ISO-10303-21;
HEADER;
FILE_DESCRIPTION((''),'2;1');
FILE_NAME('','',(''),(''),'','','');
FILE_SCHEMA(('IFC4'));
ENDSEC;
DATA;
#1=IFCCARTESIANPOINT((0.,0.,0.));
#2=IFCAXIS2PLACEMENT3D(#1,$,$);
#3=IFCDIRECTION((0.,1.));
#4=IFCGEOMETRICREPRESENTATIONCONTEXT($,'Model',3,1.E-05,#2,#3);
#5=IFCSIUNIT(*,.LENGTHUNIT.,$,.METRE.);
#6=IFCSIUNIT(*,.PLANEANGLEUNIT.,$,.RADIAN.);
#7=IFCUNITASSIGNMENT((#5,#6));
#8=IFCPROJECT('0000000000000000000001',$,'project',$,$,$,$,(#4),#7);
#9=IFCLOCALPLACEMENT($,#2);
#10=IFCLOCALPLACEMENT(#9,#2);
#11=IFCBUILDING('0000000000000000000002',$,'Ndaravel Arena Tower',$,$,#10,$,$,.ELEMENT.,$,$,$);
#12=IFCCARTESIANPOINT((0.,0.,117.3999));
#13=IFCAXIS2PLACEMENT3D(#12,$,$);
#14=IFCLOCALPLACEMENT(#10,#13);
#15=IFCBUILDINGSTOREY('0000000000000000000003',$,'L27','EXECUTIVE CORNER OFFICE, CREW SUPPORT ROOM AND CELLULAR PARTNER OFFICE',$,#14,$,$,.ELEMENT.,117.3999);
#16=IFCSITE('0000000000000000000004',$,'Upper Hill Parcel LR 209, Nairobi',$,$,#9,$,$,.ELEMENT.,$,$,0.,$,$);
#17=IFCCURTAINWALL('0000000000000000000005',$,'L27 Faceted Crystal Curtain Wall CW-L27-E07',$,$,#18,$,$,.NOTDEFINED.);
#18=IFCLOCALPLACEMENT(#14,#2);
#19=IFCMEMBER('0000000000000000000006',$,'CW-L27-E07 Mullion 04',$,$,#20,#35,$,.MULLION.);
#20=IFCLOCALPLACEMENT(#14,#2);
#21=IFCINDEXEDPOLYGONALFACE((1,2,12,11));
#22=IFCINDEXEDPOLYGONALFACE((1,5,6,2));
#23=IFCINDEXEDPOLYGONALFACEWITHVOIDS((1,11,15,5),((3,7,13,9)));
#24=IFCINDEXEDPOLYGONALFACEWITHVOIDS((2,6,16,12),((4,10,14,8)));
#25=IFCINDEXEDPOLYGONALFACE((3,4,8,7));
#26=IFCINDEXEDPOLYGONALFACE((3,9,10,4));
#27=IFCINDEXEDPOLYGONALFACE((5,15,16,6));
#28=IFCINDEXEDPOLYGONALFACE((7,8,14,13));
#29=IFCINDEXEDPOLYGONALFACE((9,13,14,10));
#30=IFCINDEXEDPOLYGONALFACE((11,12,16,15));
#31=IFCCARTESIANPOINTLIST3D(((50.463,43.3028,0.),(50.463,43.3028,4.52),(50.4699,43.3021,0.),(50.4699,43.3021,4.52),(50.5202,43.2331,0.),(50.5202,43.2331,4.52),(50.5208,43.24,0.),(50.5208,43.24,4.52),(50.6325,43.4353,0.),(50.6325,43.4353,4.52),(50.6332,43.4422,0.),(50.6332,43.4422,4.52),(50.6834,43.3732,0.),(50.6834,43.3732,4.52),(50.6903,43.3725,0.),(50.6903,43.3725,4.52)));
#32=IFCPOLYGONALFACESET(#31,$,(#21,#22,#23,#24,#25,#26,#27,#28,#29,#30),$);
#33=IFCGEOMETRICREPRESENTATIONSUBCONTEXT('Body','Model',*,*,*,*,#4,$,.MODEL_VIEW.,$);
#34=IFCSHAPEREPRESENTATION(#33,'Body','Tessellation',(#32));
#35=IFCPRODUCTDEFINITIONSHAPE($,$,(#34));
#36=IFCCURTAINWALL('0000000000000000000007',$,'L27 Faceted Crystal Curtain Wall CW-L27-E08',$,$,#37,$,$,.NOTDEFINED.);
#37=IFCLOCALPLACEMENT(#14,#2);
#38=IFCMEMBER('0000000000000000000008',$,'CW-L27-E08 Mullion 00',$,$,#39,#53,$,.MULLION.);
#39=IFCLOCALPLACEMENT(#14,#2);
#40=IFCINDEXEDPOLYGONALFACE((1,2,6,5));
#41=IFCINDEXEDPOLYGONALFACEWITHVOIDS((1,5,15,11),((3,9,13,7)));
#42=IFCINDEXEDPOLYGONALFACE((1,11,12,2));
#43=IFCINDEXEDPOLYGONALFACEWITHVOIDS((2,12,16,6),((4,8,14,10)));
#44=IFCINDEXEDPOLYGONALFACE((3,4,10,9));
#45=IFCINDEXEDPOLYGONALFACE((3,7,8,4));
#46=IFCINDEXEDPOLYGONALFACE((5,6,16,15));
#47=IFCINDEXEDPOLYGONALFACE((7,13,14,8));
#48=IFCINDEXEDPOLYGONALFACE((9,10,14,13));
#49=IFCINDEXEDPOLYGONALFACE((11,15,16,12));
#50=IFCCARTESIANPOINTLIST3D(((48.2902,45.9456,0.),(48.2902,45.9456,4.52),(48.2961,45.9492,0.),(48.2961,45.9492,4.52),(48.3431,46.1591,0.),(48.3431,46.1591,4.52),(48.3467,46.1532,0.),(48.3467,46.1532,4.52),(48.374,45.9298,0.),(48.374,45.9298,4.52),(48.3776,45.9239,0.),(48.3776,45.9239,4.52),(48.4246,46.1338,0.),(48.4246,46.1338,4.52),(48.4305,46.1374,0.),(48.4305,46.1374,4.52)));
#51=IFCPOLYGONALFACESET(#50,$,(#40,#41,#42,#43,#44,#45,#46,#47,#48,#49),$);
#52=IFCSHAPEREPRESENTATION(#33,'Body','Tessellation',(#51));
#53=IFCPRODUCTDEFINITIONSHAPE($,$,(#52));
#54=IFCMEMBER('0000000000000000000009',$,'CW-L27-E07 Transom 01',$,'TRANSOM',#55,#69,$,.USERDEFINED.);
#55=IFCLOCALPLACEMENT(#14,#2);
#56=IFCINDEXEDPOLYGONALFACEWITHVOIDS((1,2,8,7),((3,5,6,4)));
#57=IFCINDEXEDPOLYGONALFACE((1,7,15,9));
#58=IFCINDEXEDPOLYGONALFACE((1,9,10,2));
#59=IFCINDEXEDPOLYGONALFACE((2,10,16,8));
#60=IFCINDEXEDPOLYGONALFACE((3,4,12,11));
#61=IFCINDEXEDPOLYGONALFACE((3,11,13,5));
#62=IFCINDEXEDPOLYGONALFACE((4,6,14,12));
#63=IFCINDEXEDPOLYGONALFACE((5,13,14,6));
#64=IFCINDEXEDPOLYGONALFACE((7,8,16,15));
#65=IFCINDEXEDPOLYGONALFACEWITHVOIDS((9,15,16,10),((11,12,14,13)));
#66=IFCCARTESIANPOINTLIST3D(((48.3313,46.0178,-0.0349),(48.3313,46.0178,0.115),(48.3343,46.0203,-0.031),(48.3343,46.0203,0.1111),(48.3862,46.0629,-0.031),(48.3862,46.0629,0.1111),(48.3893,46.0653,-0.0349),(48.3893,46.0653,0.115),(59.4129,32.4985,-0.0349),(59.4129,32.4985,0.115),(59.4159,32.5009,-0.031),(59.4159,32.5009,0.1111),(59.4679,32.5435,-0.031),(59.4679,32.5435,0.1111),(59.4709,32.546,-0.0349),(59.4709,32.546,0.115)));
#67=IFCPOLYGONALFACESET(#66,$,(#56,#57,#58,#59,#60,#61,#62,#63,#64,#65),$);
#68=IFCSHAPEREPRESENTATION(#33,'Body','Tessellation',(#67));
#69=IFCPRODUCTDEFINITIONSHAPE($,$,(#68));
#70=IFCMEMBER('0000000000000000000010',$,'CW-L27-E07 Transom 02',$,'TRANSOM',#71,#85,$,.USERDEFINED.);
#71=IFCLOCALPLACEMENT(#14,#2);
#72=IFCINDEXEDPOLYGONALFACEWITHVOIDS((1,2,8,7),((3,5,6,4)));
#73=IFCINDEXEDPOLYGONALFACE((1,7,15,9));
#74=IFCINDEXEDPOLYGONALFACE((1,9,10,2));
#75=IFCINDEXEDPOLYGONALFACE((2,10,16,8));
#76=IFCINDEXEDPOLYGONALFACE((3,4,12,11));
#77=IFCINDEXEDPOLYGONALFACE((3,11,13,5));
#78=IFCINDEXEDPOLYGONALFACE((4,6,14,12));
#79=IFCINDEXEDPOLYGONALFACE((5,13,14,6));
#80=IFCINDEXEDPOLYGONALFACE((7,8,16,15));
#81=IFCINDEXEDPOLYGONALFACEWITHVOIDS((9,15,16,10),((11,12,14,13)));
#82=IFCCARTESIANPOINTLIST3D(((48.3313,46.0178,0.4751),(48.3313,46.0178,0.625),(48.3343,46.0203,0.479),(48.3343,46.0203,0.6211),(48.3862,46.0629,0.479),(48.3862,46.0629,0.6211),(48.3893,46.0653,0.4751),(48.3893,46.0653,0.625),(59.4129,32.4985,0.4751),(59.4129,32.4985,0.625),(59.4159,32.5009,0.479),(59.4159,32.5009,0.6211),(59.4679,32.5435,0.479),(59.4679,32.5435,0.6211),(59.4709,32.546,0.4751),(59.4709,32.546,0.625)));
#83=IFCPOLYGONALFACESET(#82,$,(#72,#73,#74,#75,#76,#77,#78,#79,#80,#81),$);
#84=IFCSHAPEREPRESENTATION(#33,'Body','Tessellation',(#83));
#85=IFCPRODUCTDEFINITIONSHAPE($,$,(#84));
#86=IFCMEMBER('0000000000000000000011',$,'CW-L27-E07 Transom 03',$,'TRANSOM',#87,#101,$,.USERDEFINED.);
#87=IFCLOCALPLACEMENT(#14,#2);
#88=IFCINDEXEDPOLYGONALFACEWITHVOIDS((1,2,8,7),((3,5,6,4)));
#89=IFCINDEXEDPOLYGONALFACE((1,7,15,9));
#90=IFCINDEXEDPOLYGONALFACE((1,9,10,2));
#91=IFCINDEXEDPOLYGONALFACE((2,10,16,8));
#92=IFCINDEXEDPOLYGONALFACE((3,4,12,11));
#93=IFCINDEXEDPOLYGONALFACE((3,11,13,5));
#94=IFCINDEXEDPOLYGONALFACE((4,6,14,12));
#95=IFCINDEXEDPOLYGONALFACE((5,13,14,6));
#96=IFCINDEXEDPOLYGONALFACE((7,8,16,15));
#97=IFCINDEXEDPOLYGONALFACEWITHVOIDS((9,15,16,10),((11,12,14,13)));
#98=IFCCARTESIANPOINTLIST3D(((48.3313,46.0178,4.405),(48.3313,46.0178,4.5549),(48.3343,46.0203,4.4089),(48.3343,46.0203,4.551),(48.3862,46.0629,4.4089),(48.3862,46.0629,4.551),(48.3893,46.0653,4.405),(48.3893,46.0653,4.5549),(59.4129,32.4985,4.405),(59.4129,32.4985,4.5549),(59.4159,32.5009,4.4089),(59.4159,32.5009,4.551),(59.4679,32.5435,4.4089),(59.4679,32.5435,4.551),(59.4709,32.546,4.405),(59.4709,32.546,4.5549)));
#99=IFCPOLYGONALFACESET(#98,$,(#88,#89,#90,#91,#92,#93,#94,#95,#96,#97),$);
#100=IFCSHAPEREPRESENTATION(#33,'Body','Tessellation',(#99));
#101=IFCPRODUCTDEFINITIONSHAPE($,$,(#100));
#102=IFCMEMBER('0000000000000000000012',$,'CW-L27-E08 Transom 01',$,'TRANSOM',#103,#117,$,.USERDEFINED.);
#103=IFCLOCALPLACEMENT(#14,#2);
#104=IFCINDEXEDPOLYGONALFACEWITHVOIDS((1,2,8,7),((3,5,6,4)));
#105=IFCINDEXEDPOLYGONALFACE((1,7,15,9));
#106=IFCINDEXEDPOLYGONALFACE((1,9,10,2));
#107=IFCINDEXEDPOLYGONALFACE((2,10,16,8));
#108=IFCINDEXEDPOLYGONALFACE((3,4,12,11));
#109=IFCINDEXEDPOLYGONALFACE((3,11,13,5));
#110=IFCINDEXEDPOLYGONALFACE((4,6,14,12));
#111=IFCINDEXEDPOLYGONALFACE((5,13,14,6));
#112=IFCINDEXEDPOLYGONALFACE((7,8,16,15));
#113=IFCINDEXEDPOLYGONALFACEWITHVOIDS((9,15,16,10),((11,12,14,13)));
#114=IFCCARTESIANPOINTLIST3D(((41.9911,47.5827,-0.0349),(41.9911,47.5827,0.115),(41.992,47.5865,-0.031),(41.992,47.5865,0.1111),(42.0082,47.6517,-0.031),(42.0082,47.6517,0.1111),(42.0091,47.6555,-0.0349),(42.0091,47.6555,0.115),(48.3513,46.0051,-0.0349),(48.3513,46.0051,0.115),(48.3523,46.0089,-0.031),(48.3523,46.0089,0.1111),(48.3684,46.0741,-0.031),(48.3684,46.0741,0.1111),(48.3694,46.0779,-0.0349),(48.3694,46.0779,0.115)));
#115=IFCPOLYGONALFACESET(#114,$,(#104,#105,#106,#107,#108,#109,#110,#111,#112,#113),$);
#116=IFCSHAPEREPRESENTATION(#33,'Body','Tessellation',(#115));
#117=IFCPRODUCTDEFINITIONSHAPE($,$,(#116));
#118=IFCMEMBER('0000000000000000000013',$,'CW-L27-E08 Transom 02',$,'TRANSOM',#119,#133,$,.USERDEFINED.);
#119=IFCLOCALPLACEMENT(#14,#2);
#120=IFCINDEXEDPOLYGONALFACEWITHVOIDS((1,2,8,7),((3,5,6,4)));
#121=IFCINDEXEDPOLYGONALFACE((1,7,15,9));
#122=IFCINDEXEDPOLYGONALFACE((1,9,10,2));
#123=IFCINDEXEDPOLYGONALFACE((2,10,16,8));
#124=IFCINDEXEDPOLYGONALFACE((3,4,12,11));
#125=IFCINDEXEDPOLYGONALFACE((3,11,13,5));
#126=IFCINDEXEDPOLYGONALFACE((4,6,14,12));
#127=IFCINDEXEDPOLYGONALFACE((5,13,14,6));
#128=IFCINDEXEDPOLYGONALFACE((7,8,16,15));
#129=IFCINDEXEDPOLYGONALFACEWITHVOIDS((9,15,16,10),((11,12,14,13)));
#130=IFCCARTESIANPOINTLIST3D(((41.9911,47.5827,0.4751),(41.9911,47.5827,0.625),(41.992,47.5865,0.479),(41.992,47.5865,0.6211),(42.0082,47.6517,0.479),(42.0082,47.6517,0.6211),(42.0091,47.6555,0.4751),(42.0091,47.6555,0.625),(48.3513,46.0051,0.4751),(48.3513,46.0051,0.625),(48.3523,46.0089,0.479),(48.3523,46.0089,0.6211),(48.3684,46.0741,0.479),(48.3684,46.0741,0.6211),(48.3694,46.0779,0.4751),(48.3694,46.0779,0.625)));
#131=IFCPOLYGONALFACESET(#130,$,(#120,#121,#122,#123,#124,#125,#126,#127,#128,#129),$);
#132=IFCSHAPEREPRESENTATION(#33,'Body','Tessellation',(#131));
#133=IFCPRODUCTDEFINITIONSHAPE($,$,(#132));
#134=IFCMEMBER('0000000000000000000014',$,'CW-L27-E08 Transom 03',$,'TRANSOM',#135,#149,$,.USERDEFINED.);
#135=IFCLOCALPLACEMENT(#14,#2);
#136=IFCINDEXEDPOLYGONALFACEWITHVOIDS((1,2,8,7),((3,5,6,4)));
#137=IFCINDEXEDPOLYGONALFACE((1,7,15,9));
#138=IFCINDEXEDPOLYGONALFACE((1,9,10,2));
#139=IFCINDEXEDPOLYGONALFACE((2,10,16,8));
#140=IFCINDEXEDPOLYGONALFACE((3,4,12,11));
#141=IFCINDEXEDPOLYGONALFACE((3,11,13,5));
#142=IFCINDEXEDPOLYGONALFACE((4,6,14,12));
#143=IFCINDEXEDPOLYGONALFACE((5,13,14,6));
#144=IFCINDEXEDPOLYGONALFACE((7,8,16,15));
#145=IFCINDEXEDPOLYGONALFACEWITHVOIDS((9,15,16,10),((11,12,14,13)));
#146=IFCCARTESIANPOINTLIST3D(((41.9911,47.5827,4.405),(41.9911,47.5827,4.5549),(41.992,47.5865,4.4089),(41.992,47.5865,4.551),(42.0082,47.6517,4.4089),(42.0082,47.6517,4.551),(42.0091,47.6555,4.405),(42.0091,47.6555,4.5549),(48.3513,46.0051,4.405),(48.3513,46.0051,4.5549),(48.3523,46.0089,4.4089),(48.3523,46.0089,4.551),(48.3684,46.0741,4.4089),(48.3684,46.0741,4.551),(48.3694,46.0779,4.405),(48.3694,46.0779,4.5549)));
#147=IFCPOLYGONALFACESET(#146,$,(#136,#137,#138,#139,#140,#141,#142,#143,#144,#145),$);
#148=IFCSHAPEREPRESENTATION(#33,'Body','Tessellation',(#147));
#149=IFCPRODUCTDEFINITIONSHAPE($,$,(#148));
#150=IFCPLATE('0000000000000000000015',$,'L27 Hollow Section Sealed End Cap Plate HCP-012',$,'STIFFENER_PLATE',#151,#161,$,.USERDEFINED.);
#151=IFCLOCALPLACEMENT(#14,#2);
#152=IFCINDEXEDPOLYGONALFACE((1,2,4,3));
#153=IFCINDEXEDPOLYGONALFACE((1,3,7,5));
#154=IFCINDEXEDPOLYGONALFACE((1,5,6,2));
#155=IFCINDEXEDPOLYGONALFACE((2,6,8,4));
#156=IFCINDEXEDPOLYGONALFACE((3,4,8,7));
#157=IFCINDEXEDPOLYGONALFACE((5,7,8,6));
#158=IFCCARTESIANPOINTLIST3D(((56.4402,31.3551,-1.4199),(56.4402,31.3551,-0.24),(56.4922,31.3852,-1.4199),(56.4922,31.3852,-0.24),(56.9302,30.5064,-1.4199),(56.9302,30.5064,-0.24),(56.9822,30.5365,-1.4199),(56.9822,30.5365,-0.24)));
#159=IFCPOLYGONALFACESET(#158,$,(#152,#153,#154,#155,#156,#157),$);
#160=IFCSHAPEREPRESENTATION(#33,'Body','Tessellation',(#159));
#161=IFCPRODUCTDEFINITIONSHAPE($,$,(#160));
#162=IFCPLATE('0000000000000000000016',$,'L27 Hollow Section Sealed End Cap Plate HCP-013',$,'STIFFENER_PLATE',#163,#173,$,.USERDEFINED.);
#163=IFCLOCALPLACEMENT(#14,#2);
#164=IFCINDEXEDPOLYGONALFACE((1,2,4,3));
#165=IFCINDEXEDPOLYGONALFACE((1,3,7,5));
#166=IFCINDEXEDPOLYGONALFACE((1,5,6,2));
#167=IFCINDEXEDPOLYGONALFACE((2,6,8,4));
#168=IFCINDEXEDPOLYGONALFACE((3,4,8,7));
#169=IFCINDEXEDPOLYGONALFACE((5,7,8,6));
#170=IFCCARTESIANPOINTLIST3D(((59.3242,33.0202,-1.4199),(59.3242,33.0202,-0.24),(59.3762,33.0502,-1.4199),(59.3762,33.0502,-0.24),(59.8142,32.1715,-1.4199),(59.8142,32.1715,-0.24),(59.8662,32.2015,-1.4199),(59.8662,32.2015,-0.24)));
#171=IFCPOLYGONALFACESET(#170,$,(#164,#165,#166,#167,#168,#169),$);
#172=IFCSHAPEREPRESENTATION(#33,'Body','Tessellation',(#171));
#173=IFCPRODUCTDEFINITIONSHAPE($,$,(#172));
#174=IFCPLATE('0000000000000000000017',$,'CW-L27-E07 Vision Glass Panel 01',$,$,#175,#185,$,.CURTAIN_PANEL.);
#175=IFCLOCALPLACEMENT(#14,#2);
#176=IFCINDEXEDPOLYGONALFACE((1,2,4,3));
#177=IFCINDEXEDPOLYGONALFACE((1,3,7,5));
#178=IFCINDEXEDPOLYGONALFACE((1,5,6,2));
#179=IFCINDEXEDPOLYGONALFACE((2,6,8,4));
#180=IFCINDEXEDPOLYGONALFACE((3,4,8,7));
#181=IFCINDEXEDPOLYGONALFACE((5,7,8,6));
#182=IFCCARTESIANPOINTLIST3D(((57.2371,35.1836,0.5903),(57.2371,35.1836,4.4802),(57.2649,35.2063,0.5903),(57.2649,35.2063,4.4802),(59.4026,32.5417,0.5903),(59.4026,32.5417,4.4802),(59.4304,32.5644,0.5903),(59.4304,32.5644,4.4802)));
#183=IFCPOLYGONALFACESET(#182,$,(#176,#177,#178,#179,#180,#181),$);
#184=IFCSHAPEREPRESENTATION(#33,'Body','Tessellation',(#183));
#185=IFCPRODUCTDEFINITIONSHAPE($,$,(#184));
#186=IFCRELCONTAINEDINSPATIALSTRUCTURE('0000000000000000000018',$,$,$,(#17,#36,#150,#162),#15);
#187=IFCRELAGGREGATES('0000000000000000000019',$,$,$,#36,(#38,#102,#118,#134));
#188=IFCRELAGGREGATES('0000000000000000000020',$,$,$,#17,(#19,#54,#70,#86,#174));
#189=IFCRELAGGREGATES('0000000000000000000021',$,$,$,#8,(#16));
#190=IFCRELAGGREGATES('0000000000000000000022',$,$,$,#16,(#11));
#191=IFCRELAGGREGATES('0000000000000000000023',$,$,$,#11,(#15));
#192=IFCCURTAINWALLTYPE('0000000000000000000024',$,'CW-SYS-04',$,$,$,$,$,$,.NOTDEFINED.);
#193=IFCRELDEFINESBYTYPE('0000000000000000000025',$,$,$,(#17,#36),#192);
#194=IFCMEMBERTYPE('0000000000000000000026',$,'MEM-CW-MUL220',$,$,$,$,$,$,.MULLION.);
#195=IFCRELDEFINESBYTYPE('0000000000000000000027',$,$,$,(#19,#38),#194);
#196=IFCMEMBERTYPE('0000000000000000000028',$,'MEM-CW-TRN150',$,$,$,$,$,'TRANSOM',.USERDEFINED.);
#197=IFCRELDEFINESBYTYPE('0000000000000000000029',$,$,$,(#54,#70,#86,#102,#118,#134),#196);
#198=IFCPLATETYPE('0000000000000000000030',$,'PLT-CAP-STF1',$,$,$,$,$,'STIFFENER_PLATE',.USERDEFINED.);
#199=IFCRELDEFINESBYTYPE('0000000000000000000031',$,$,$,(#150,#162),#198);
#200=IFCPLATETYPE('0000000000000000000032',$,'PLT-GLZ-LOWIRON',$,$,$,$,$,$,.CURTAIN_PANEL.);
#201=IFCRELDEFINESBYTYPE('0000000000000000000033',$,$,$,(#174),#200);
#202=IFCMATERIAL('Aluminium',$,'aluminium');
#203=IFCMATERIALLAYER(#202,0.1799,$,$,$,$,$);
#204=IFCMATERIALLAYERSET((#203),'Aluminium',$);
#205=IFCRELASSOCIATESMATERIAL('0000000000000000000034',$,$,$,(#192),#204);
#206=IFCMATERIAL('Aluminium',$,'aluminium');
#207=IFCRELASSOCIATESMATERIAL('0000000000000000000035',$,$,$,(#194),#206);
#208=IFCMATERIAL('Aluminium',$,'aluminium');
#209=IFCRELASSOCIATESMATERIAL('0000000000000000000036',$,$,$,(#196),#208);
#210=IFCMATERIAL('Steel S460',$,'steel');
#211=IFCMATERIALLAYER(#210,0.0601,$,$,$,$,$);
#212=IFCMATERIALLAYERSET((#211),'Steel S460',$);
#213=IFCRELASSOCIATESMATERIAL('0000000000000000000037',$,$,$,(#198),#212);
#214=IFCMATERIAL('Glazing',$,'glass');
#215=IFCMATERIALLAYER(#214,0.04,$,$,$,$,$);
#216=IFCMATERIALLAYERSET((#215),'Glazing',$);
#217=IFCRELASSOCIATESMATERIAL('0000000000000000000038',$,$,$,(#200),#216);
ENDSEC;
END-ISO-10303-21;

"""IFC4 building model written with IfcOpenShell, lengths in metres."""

from ifc_helpers import new_model, si_unit, direction, frame, origin, origin_2d, place, context, subcontext, project, spatial, rectangle, hollow_rectangle, extrude, material, layer, layer_set, material_profile, profile_set, type_object, element, aggregate, save


model = new_model("IFC4")

# Units and contexts
model_context = context("Model", 3, precision=1e-05, world=origin(), true_north=direction((0.0, 1.0)))
body_context = subcontext(model_context, "Body", "Model", "MODEL_VIEW")
ifc_project = project(units=[si_unit("LENGTHUNIT", "METRE"), si_unit("PLANEANGLEUNIT", "RADIAN")], contexts=[model_context])

# Site, building, storey
site_placement = place(None, origin())
site = spatial("IfcSite", under=ifc_project, at=site_placement, Name="Upper Hill Parcel LR 209, Nairobi", CompositionType="ELEMENT", RefElevation=0.0)
building_placement = place(site_placement, origin())
building = spatial("IfcBuilding", under=site, at=building_placement, Name="Ndaravel Arena Tower", CompositionType="ELEMENT")
storey_placement = place(building_placement, frame((0.0, 0.0, 117.3999)))
storey = spatial("IfcBuildingStorey", under=building, at=storey_placement, Name="L27", Description="EXECUTIVE CORNER OFFICE, CREW SUPPORT ROOM AND CELLULAR PARTNER OFFICE", CompositionType="ELEMENT", Elevation=117.3999)

# Curtain wall, member
ifc_material_1 = material(Name="Aluminium", Category="aluminium")
ifc_layer_1 = layer(ifc_material_1, 0.1799)
ifc_layer_set_1 = layer_set([ifc_layer_1], Name="Aluminium")
curtain_wall_type = type_object("IfcCurtainWallType", Name="CW-SYS-04", PredefinedType="NOTDEFINED", material=ifc_layer_set_1)
curtain_wall_1_placement = place(storey_placement, origin())
curtain_wall_1 = element("IfcCurtainWall", 1, at=curtain_wall_1_placement, inside=storey, type_object=curtain_wall_type, Name="L27 Faceted Crystal Curtain Wall CW-L27-E07", PredefinedType="NOTDEFINED")
ifc_material_2 = material(Name="Aluminium", Category="aluminium")
ifc_material_profile_1 = material_profile(ifc_material_2, hollow_rectangle(XDim=0.0901, YDim=0.22, WallThickness=0.0049, at=origin_2d()), Name="CW MULLION 90x220x5")
ifc_profile_set_1 = profile_set([ifc_material_profile_1], Name="Aluminium")
member_type_1 = type_object("IfcMemberType", Name="MEM-CW-MUL220", PredefinedType="MULLION", material=ifc_profile_set_1)
member_1_placement = place(storey_placement, frame((50.5767, 43.3376, 0.0), z_axis=(0.0, 0.0, 1.0), x_axis=(-0.633934, 0.773387, 0.0)))
member_1 = element("IfcMember", 2, at=member_1_placement, type_object=member_type_1, Name="CW-L27-E07 Mullion 04", PredefinedType="MULLION", context=body_context, shape_type="SweptSolid", body=[
    extrude(hollow_rectangle(XDim=0.0901, YDim=0.22, WallThickness=0.0049, at=origin_2d()), origin(), (0.0, 0.0, 1.0), 4.52),
])

# Curtain wall, member
curtain_wall_2_placement = place(storey_placement, origin())
curtain_wall_2 = element("IfcCurtainWall", 3, at=curtain_wall_2_placement, inside=storey, type_object=curtain_wall_type, Name="L27 Faceted Crystal Curtain Wall CW-L27-E08", PredefinedType="NOTDEFINED")
member_2_placement = place(storey_placement, frame((48.3604, 46.0415, 0.0), z_axis=(0.0, 0.0, 1.0), x_axis=(-0.970586, 0.240753, 0.0)))
member_2 = element("IfcMember", 4, at=member_2_placement, type_object=member_type_1, Name="CW-L27-E08 Mullion 00", PredefinedType="MULLION", context=body_context, shape_type="SweptSolid", body=[
    extrude(hollow_rectangle(XDim=0.0901, YDim=0.22, WallThickness=0.0049, at=origin_2d()), origin(), (0.0, 0.0, 1.0), 4.52),
])

# Members
ifc_material_3 = material(Name="Aluminium", Category="aluminium")
ifc_material_profile_2 = material_profile(ifc_material_3, hollow_rectangle(XDim=0.075, YDim=0.1499, WallThickness=0.0039, at=origin_2d()), Name="CW TRANSOM 75x150x4")
ifc_profile_set_2 = profile_set([ifc_material_profile_2], Name="Aluminium")
member_type_2 = type_object("IfcMemberType", Name="MEM-CW-TRN150", ElementType="TRANSOM", PredefinedType="USERDEFINED", material=ifc_profile_set_2)
member_3_placement = place(storey_placement, frame((59.4419, 32.5222, 0.04), z_axis=(-0.633933, 0.773388, 0.0), x_axis=(-0.773388, -0.633933, 0.0)))
member_3 = element("IfcMember", 5, at=member_3_placement, type_object=member_type_2, Name="CW-L27-E07 Transom 01", ObjectType="TRANSOM", PredefinedType="USERDEFINED", context=body_context, shape_type="SweptSolid", body=[
    extrude(hollow_rectangle(XDim=0.075, YDim=0.1499, WallThickness=0.0039, at=origin_2d()), origin(), (0.0, 0.0, 1.0), 17.4807),
])
member_4_placement = place(storey_placement, frame((59.4419, 32.5222, 0.55), z_axis=(-0.633933, 0.773388, 0.0), x_axis=(-0.773388, -0.633933, 0.0)))
member_4 = element("IfcMember", 6, at=member_4_placement, type_object=member_type_2, Name="CW-L27-E07 Transom 02", ObjectType="TRANSOM", PredefinedType="USERDEFINED", context=body_context, shape_type="SweptSolid", body=[
    extrude(hollow_rectangle(XDim=0.075, YDim=0.1499, WallThickness=0.0039, at=origin_2d()), origin(), (0.0, 0.0, 1.0), 17.4807),
])
member_5_placement = place(storey_placement, frame((59.4419, 32.5222, 4.48), z_axis=(-0.633933, 0.773388, 0.0), x_axis=(-0.773388, -0.633933, 0.0)))
member_5 = element("IfcMember", 7, at=member_5_placement, type_object=member_type_2, Name="CW-L27-E07 Transom 03", ObjectType="TRANSOM", PredefinedType="USERDEFINED", context=body_context, shape_type="SweptSolid", body=[
    extrude(hollow_rectangle(XDim=0.075, YDim=0.1499, WallThickness=0.0039, at=origin_2d()), origin(), (0.0, 0.0, 1.0), 17.4807),
])
member_6_placement = place(storey_placement, frame((48.3604, 46.0415, 0.04), z_axis=(-0.970588, 0.240747, 0.0), x_axis=(-0.240747, -0.970588, 0.0)))
member_6 = element("IfcMember", 8, at=member_6_placement, type_object=member_type_2, Name="CW-L27-E08 Transom 01", ObjectType="TRANSOM", PredefinedType="USERDEFINED", context=body_context, shape_type="SweptSolid", body=[
    extrude(hollow_rectangle(XDim=0.075, YDim=0.1499, WallThickness=0.0039, at=origin_2d()), origin(), (0.0, 0.0, 1.0), 6.553),
])
member_7_placement = place(storey_placement, frame((48.3604, 46.0415, 0.55), z_axis=(-0.970588, 0.240747, 0.0), x_axis=(-0.240747, -0.970588, 0.0)))
member_7 = element("IfcMember", 9, at=member_7_placement, type_object=member_type_2, Name="CW-L27-E08 Transom 02", ObjectType="TRANSOM", PredefinedType="USERDEFINED", context=body_context, shape_type="SweptSolid", body=[
    extrude(hollow_rectangle(XDim=0.075, YDim=0.1499, WallThickness=0.0039, at=origin_2d()), origin(), (0.0, 0.0, 1.0), 6.553),
])
member_8_placement = place(storey_placement, frame((48.3604, 46.0415, 4.48), z_axis=(-0.970588, 0.240747, 0.0), x_axis=(-0.240747, -0.970588, 0.0)))
member_8 = element("IfcMember", 10, at=member_8_placement, type_object=member_type_2, Name="CW-L27-E08 Transom 03", ObjectType="TRANSOM", PredefinedType="USERDEFINED", context=body_context, shape_type="SweptSolid", body=[
    extrude(hollow_rectangle(XDim=0.075, YDim=0.1499, WallThickness=0.0039, at=origin_2d()), origin(), (0.0, 0.0, 1.0), 6.553),
])
aggregate(curtain_wall_2, [member_2, member_6, member_7, member_8])

# Plates
ifc_material_4 = material(Name="Steel S460", Category="steel")
ifc_layer_2 = layer(ifc_material_4, 0.0601)
ifc_layer_set_2 = layer_set([ifc_layer_2], Name="Steel S460")
plate_type_1 = type_object("IfcPlateType", Name="PLT-CAP-STF1", ElementType="STIFFENER_PLATE", PredefinedType="USERDEFINED", material=ifc_layer_set_2)
for number, where, z_axis, x_axis, name in (
    (11, (56.7112, 30.9458, -1.4199), (0.0, 0.0, 1.0), (0.866025, 0.5, 0.0), "L27 Hollow Section Sealed End Cap Plate HCP-012"),
    (12, (59.5952, 32.6108, -1.4199), (0.0, 0.0, 1.0), (0.866025, 0.5, 0.0), "L27 Hollow Section Sealed End Cap Plate HCP-013"),
):
    element("IfcPlate", number, at=place(storey_placement, frame(where, z_axis=z_axis, x_axis=x_axis)), inside=storey, type_object=plate_type_1, Name=name, ObjectType="STIFFENER_PLATE", PredefinedType="USERDEFINED", context=body_context, shape_type="SweptSolid", body=[
        extrude(rectangle(XDim=0.0601, YDim=0.98, at=origin_2d()), origin(), (0.0, 0.0, 1.0), 1.1799),
    ])

# Plate
ifc_material_5 = material(Name="Glazing", Category="glass")
ifc_layer_3 = layer(ifc_material_5, 0.04)
ifc_layer_set_3 = layer_set([ifc_layer_3], Name="Glazing")
plate_type_2 = type_object("IfcPlateType", Name="PLT-GLZ-LOWIRON", PredefinedType="CURTAIN_PANEL", material=ifc_layer_set_3)
plate_1_placement = place(storey_placement, frame((58.3337, 33.874, 0.5903), z_axis=(0.0, 0.0, 1.0), x_axis=(-0.633934, 0.773387, 0.0)))
plate_1 = element("IfcPlate", 13, at=plate_1_placement, type_object=plate_type_2, Name="CW-L27-E07 Vision Glass Panel 01", PredefinedType="CURTAIN_PANEL", context=body_context, shape_type="SweptSolid", body=[
    extrude(rectangle(XDim=3.416, YDim=0.0359, at=origin_2d()), origin(), (0.0, 0.0, 1.0), 3.8899),
])
aggregate(curtain_wall_1, [member_1, member_3, member_4, member_5, plate_1])

save(model, "model.ifc")
